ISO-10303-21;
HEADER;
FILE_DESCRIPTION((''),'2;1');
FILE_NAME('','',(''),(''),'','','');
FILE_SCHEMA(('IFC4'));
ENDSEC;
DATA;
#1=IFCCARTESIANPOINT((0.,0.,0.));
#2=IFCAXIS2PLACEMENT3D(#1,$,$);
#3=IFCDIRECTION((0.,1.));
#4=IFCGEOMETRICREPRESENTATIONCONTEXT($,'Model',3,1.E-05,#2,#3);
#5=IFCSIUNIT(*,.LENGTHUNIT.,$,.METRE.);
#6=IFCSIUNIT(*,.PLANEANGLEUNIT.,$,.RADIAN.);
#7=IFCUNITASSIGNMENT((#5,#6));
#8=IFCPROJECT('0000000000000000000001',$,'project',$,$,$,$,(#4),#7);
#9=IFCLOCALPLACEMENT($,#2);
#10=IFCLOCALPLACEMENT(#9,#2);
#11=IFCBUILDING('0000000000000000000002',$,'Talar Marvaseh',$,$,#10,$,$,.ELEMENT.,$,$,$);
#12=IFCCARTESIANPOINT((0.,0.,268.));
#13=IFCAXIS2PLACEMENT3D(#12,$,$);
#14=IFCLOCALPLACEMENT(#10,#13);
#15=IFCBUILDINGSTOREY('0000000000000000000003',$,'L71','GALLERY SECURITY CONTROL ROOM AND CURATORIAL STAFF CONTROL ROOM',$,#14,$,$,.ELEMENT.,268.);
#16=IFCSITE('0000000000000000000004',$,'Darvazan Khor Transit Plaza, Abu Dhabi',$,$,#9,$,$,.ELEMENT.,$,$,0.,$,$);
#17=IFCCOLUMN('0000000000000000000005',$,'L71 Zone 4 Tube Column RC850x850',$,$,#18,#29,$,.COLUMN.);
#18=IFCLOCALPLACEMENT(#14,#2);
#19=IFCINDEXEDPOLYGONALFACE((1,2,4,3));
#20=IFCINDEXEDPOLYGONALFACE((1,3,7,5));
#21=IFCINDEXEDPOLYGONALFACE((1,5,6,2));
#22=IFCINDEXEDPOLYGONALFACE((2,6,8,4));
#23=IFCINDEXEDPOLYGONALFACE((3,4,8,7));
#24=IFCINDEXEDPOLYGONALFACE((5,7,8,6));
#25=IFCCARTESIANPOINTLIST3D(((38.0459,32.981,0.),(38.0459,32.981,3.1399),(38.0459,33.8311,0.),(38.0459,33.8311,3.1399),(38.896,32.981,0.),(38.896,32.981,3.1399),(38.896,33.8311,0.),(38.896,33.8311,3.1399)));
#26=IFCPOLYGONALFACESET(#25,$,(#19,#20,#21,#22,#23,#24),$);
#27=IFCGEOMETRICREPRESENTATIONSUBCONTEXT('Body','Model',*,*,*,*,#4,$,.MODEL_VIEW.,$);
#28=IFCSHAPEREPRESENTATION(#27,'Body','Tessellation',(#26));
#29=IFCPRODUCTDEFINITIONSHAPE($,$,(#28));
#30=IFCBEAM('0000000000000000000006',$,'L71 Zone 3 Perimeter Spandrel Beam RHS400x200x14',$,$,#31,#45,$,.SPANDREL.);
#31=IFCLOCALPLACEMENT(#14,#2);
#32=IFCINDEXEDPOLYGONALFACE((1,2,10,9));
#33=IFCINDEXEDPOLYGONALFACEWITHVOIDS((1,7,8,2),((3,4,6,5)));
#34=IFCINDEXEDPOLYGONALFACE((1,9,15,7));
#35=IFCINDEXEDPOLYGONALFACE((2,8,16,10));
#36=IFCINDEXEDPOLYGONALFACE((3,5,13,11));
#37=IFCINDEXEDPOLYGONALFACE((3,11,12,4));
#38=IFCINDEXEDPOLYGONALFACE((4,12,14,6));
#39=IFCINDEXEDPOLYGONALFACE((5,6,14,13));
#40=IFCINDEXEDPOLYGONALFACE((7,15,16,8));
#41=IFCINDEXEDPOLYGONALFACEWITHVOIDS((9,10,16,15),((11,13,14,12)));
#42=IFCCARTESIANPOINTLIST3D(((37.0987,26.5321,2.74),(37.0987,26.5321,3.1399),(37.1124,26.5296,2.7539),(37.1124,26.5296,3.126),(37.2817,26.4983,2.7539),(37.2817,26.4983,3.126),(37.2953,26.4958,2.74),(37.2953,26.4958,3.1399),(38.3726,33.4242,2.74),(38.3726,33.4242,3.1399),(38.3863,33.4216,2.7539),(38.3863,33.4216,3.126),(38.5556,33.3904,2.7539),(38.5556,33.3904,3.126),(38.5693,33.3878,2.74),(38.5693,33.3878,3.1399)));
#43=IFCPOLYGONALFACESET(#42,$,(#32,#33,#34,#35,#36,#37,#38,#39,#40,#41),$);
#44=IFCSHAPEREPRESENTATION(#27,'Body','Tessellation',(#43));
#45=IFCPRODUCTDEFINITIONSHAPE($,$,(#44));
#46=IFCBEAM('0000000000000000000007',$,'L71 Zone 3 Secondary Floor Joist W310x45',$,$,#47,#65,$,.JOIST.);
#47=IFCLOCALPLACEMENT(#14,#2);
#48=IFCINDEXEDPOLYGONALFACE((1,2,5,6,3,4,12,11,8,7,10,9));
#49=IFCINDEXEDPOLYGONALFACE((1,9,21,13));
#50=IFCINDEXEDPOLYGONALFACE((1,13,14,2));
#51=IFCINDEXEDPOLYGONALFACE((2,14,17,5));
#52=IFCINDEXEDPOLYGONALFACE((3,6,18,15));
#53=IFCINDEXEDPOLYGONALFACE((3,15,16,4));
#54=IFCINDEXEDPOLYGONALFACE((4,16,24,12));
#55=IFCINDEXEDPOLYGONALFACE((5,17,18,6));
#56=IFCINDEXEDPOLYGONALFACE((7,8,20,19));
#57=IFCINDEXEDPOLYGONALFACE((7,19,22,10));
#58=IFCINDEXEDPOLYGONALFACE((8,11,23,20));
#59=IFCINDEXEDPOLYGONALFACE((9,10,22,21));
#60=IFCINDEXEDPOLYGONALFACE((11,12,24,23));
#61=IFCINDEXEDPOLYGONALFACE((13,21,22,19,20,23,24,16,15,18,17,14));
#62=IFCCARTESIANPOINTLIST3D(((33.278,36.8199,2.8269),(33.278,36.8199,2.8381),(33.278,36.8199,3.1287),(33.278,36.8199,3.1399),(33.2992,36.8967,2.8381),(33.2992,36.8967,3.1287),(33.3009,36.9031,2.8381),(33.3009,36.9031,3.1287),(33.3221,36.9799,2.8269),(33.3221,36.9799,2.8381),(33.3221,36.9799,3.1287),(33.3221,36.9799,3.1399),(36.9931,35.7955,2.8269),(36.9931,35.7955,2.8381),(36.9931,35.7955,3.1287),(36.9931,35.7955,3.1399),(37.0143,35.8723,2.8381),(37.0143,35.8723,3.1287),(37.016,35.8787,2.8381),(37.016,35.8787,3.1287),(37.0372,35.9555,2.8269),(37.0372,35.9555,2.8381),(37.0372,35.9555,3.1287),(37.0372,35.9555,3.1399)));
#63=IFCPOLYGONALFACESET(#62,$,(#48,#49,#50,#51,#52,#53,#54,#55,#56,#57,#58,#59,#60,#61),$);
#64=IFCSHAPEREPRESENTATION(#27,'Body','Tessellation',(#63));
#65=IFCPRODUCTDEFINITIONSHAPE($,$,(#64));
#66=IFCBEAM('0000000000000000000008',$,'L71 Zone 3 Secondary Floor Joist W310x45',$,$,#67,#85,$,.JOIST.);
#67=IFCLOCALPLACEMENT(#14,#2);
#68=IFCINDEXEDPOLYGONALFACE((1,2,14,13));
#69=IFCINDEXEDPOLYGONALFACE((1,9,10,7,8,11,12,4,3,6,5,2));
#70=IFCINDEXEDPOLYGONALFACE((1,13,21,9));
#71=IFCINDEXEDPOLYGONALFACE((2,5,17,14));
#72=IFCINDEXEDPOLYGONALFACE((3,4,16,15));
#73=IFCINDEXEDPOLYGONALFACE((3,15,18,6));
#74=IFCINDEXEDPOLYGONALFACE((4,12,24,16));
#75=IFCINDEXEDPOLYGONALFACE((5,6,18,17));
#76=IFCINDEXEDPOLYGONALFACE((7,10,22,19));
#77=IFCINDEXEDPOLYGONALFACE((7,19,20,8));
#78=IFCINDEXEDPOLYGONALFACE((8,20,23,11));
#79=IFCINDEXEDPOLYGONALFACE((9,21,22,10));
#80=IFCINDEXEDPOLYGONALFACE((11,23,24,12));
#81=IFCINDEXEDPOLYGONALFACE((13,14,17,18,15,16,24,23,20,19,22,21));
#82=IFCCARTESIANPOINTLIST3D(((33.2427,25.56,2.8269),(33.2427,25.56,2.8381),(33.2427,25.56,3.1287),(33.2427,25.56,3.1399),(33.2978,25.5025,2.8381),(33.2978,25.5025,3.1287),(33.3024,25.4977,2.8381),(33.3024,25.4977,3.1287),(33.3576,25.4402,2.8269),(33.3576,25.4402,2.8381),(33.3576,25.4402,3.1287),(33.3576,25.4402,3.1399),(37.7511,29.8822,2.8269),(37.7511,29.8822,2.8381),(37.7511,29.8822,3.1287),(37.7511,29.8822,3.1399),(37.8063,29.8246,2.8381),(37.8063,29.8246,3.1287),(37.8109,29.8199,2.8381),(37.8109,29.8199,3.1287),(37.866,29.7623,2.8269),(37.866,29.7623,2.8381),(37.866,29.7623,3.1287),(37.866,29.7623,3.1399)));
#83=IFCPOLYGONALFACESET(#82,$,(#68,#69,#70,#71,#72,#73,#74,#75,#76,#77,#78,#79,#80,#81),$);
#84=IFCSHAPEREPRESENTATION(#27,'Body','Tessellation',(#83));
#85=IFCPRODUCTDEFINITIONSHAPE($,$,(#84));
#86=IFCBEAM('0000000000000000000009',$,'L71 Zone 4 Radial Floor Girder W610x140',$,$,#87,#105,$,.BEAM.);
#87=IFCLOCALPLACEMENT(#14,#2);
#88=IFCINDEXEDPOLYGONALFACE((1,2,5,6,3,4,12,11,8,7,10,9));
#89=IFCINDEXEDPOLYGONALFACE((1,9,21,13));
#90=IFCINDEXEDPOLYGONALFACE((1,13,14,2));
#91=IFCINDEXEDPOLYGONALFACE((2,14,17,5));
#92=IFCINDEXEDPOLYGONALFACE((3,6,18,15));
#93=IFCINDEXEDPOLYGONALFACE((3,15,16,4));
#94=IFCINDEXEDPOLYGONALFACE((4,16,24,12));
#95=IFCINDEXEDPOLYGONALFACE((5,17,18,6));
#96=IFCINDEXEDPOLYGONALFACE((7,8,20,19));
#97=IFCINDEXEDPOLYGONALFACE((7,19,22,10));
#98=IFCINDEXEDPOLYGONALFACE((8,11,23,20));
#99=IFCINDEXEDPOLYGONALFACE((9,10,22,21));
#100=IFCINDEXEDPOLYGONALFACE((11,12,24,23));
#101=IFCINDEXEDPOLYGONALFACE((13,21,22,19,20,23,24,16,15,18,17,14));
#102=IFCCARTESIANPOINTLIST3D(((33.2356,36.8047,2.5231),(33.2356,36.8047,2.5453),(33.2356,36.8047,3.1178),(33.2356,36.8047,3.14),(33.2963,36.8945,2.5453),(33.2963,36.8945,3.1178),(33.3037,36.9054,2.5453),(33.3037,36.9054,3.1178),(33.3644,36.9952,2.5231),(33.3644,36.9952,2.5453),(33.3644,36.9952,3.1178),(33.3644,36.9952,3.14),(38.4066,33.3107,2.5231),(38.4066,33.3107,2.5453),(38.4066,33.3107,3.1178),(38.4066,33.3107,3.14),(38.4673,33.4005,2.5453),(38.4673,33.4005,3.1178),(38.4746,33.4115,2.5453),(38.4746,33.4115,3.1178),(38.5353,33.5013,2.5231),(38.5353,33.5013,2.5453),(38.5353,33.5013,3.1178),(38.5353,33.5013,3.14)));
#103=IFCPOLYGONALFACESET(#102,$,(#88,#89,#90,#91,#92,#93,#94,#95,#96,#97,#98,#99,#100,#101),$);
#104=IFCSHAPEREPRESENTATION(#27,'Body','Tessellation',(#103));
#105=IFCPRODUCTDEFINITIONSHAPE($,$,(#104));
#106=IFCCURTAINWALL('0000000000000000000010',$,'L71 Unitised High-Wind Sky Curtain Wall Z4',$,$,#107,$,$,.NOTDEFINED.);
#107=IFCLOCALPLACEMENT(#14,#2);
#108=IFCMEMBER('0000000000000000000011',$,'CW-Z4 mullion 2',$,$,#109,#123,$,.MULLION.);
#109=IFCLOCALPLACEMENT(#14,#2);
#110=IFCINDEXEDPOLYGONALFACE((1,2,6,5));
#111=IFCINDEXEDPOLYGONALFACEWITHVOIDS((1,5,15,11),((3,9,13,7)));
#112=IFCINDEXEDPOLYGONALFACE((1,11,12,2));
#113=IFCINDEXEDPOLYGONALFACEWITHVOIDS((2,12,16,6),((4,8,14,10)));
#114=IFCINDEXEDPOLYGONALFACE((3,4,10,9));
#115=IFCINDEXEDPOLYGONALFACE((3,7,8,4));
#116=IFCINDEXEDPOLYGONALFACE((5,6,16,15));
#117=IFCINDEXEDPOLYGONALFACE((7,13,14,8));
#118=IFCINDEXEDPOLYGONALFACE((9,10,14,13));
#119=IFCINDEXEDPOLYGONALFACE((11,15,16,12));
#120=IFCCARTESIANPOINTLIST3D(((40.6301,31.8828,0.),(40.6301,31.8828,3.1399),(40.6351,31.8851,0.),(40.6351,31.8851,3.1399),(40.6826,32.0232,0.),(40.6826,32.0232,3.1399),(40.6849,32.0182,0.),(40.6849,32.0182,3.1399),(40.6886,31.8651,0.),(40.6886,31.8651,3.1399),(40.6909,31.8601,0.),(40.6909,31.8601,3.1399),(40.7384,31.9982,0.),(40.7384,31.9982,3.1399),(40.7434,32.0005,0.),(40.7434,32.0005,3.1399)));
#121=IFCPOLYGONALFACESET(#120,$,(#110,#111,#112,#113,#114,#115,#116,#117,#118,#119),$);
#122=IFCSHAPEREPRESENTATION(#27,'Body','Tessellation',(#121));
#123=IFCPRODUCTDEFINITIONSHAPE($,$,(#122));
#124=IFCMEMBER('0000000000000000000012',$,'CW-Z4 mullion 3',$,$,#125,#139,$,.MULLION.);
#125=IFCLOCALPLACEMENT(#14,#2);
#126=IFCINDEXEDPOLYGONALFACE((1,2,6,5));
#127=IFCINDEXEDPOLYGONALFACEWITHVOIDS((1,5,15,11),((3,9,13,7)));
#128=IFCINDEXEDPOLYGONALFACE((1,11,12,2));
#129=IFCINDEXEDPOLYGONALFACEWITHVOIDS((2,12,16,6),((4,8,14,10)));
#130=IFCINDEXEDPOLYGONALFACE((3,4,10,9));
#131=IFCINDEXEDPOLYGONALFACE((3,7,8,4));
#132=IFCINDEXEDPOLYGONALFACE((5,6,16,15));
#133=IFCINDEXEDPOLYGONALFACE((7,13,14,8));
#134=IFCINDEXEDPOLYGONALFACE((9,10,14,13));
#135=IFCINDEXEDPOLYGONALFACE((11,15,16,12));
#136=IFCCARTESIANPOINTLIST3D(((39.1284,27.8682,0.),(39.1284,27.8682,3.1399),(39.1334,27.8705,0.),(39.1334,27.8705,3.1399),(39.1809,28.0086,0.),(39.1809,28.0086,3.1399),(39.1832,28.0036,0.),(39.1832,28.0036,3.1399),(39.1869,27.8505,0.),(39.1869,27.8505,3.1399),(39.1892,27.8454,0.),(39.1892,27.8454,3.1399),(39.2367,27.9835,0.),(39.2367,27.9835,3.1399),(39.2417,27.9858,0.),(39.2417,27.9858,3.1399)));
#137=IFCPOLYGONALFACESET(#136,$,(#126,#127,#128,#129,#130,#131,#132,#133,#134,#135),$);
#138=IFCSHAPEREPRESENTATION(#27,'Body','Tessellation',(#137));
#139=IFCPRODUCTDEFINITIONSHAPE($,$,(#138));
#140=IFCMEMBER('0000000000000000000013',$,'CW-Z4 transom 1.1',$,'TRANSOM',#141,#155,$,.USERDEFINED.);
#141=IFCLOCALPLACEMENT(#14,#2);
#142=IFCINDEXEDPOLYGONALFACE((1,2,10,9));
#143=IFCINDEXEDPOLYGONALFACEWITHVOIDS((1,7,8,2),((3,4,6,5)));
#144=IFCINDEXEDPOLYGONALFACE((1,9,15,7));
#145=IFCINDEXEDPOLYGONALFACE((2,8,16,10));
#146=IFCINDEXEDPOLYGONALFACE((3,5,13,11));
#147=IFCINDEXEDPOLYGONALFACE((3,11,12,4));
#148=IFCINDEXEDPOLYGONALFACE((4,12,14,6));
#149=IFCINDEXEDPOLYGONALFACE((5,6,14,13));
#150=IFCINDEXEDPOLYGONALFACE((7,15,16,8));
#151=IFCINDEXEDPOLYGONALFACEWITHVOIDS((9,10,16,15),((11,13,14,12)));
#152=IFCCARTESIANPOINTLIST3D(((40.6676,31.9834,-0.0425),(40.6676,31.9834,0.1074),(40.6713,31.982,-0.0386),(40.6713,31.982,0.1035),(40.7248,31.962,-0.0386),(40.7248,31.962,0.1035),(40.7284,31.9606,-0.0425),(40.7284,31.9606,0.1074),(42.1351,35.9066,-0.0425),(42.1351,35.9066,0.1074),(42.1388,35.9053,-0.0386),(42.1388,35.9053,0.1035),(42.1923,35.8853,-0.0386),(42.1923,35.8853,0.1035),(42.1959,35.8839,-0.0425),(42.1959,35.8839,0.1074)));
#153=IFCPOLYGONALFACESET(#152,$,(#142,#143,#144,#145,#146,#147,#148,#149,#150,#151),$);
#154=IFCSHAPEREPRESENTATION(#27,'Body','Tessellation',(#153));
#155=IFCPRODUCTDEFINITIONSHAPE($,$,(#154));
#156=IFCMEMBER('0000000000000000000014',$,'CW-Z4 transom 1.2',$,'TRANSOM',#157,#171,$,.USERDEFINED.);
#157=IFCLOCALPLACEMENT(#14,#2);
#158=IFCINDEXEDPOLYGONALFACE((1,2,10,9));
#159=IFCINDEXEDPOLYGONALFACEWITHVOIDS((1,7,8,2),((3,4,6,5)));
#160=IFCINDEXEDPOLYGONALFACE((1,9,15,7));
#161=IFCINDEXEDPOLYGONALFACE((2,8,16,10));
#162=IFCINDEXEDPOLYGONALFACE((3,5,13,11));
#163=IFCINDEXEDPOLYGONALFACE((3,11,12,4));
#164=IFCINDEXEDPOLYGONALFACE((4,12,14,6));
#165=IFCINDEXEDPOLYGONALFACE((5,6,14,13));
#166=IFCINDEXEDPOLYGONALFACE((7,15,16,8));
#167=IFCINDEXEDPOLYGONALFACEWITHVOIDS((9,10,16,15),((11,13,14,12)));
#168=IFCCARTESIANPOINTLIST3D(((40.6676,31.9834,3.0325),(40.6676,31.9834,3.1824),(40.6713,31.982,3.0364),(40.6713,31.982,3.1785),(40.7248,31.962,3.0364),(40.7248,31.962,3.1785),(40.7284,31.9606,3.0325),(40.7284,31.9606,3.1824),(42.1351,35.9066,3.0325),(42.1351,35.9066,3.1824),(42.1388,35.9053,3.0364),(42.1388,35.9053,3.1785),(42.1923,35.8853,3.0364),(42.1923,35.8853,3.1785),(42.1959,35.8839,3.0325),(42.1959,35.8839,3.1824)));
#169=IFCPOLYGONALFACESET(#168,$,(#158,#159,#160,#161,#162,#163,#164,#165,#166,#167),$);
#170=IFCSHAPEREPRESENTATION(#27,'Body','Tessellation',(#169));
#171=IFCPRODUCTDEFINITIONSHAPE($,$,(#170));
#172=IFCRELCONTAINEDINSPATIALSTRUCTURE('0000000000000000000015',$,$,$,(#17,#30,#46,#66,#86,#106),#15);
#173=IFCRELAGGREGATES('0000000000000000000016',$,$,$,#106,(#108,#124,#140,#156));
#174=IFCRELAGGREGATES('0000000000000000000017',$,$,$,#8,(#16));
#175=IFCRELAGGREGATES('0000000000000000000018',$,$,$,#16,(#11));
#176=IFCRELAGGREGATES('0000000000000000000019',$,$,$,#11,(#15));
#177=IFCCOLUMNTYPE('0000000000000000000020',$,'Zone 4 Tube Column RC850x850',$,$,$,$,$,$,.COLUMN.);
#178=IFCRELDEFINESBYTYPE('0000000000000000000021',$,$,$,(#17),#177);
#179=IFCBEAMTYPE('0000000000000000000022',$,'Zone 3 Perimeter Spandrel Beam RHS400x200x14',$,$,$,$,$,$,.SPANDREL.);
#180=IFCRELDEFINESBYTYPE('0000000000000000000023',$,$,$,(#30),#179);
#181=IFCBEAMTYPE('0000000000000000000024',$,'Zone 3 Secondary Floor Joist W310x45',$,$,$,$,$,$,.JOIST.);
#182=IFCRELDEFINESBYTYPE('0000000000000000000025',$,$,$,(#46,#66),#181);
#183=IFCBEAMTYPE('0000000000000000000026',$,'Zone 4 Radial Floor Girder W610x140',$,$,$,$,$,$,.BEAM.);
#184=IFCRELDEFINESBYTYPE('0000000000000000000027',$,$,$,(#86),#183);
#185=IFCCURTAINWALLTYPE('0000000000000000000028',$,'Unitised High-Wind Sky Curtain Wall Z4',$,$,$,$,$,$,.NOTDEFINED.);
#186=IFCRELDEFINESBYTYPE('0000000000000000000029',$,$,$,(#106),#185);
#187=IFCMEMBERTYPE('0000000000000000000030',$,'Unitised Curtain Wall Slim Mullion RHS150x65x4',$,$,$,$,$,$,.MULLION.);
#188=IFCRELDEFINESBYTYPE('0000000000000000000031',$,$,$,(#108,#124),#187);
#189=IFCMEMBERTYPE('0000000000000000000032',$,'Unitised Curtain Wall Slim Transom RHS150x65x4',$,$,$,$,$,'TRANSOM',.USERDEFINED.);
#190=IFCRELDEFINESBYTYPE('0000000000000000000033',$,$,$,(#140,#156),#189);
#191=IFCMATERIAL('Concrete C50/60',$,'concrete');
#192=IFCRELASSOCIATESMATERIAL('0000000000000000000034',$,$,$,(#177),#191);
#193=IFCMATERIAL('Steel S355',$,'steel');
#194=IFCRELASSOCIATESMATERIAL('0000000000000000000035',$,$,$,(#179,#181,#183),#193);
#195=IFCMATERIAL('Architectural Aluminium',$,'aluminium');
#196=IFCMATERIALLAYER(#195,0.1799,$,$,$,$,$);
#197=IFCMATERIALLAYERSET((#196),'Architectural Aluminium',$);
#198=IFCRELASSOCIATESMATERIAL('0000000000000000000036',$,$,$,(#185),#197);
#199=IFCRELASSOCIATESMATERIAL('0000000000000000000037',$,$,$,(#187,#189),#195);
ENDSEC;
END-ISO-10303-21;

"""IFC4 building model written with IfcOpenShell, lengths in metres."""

from ifc_helpers import new_model, si_unit, direction, frame, origin, origin_2d, place, context, subcontext, project, spatial, rectangle, hollow_rectangle, i_section, extrude, source, transform, mapped, material, layer, layer_set, material_profile, profile_set, type_object, type_shapes, element, aggregate, save


model = new_model("IFC4")

# Units and contexts
model_context = context("Model", 3, precision=1e-05, world=origin(), true_north=direction((0.0, 1.0)))
body_context = subcontext(model_context, "Body", "Model", "MODEL_VIEW")
ifc_project = project(units=[si_unit("LENGTHUNIT", "METRE"), si_unit("PLANEANGLEUNIT", "RADIAN")], contexts=[model_context])

# Site, building, storey
site_placement = place(None, origin())
site = spatial("IfcSite", under=ifc_project, at=site_placement, Name="Darvazan Khor Transit Plaza, Abu Dhabi", CompositionType="ELEMENT", RefElevation=0.0)
building_placement = place(site_placement, origin())
building = spatial("IfcBuilding", under=site, at=building_placement, Name="Talar Marvaseh", CompositionType="ELEMENT")
storey_placement = place(building_placement, frame((0.0, 0.0, 268.0)))
storey = spatial("IfcBuildingStorey", under=building, at=storey_placement, Name="L71", Description="GALLERY SECURITY CONTROL ROOM AND CURATORIAL STAFF CONTROL ROOM", CompositionType="ELEMENT", Elevation=268.0)

# Column
ifc_material_1 = material(Name="Concrete C50/60", Category="concrete")
ifc_material_profile_1 = material_profile(ifc_material_1, rectangle(XDim=0.8501, YDim=0.8501, at=origin_2d()), Name="RC850x850")
ifc_profile_set_1 = profile_set([ifc_material_profile_1], Name="Concrete C50/60")
column_type = type_object("IfcColumnType", Name="Zone 4 Tube Column RC850x850", PredefinedType="COLUMN", material=ifc_profile_set_1)
column_placement = place(storey_placement, frame((38.4709, 33.406, 0.0), z_axis=(0.0, 0.0, 1.0), x_axis=(1.0, 0.0, 0.0)))
element("IfcColumn", 1, at=column_placement, inside=storey, type_object=column_type, Name="L71 Zone 4 Tube Column RC850x850", PredefinedType="COLUMN", context=body_context, shape_type="SweptSolid", body=[
    extrude(rectangle(XDim=0.8501, YDim=0.8501, at=origin_2d()), origin(), (0.0, 0.0, 1.0), 3.1399),
])

# Beams
ifc_material_2 = material(Name="Steel S355", Category="steel")
ifc_material_profile_2 = material_profile(ifc_material_2, hollow_rectangle(XDim=0.2, YDim=0.3999, WallThickness=0.0139, at=origin_2d()), Name="RHS400x200x14")
ifc_profile_set_2 = profile_set([ifc_material_profile_2], Name="Steel S355")
beam_type_1 = type_object("IfcBeamType", Name="Zone 3 Perimeter Spandrel Beam RHS400x200x14", PredefinedType="SPANDREL", material=ifc_profile_set_2)
beam_1_placement = place(storey_placement, frame((38.4709, 33.406, 2.9399), z_axis=(-0.18176, -0.983343, 0.0), x_axis=(0.983343, -0.18176, 0.0)))
element("IfcBeam", 2, at=beam_1_placement, inside=storey, type_object=beam_type_1, Name="L71 Zone 3 Perimeter Spandrel Beam RHS400x200x14", PredefinedType="SPANDREL", context=body_context, shape_type="SweptSolid", body=[
    extrude(hollow_rectangle(XDim=0.2, YDim=0.3999, WallThickness=0.0139, at=origin_2d()), origin(), (0.0, 0.0, 1.0), 7.0088),
])
ifc_material_profile_3 = material_profile(ifc_material_2, i_section(OverallWidth=0.166, OverallDepth=0.313, WebThickness=0.0066, FlangeThickness=0.0112, at=origin_2d()), Name="W310x45")
ifc_profile_set_3 = profile_set([ifc_material_profile_3], Name="Steel S355")
beam_type_2 = type_object("IfcBeamType", Name="Zone 3 Secondary Floor Joist W310x45", PredefinedType="JOIST", material=ifc_profile_set_3)
beam_2_placement = place(storey_placement, frame((37.0151, 35.8755, 2.9834), z_axis=(-0.964022, 0.265823, 0.0), x_axis=(-0.265823, -0.964022, 0.0)))
element("IfcBeam", 3, at=beam_2_placement, inside=storey, type_object=beam_type_2, Name="L71 Zone 3 Secondary Floor Joist W310x45", PredefinedType="JOIST", context=body_context, shape_type="SweptSolid", body=[
    extrude(i_section(OverallWidth=0.166, OverallDepth=0.313, WebThickness=0.0066, FlangeThickness=0.0112, at=origin_2d()), origin(), (0.0, 0.0, 1.0), 3.8538),
])
beam_3_placement = place(storey_placement, frame((37.8086, 29.8223, 2.9834), z_axis=(-0.721862, -0.692037, 0.0), x_axis=(0.692037, -0.721862, 0.0)))
element("IfcBeam", 4, at=beam_3_placement, inside=storey, type_object=beam_type_2, Name="L71 Zone 3 Secondary Floor Joist W310x45", PredefinedType="JOIST", context=body_context, shape_type="SweptSolid", body=[
    extrude(i_section(OverallWidth=0.166, OverallDepth=0.313, WebThickness=0.0066, FlangeThickness=0.0112, at=origin_2d()), origin(), (0.0, 0.0, 1.0), 6.2456),
])
ifc_material_profile_4 = material_profile(ifc_material_2, i_section(OverallWidth=0.23, OverallDepth=0.6169, WebThickness=0.0132, FlangeThickness=0.0222, at=origin_2d()), Name="W610x140")
ifc_profile_set_4 = profile_set([ifc_material_profile_4], Name="Steel S355")
beam_type_3 = type_object("IfcBeamType", Name="Zone 4 Radial Floor Girder W610x140", PredefinedType="BEAM", material=ifc_profile_set_4)
beam_4_placement = place(storey_placement, frame((38.4709, 33.406, 2.8315), z_axis=(-0.828586, 0.559862, 0.0), x_axis=(-0.559862, -0.828586, 0.0)))
element("IfcBeam", 5, at=beam_4_placement, inside=storey, type_object=beam_type_3, Name="L71 Zone 4 Radial Floor Girder W610x140", PredefinedType="BEAM", context=body_context, shape_type="SweptSolid", body=[
    extrude(i_section(OverallWidth=0.23, OverallDepth=0.6169, WebThickness=0.0132, FlangeThickness=0.0222, at=origin_2d()), origin(), (0.0, 0.0, 1.0), 6.2407),
])

# Curtain wall, members
ifc_material_3 = material(Name="Architectural Aluminium", Category="aluminium")
ifc_layer_1 = layer(ifc_material_3, 0.1799)
ifc_layer_set_1 = layer_set([ifc_layer_1], Name="Architectural Aluminium")
curtain_wall_type = type_object("IfcCurtainWallType", Name="Unitised High-Wind Sky Curtain Wall Z4", PredefinedType="NOTDEFINED", material=ifc_layer_set_1)
curtain_wall_placement = place(storey_placement, origin())
curtain_wall = element("IfcCurtainWall", 6, at=curtain_wall_placement, inside=storey, type_object=curtain_wall_type, Name="L71 Unitised High-Wind Sky Curtain Wall Z4", PredefinedType="NOTDEFINED")
ifc_material_profile_5 = material_profile(ifc_material_3, hollow_rectangle(XDim=0.0649, YDim=0.1499, WallThickness=0.0039, at=origin_2d()), Name="RHS150x65x4")
ifc_profile_set_5 = profile_set([ifc_material_profile_5], Name="Architectural Aluminium")
member_type_1 = type_object("IfcMemberType", Name="Unitised Curtain Wall Slim Mullion RHS150x65x4", PredefinedType="MULLION", material=ifc_profile_set_5)
shared_shape_1 = source(origin(), body_context, "Body", "SweptSolid", [
    extrude(hollow_rectangle(XDim=0.0649, YDim=0.1499, WallThickness=0.0039, at=origin_2d()), origin(), (0.0, 0.0, 1.0), 3.1399),
])
type_shapes(member_type_1, [shared_shape_1])
member_1_placement = place(storey_placement, frame((40.6868, 31.9417, 0.0), z_axis=(0.0, 0.0, 1.0), x_axis=(0.936618, -0.350351, 0.0)))
member_1 = element("IfcMember", 7, at=member_1_placement, type_object=member_type_1, Name="CW-Z4 mullion 2", PredefinedType="MULLION", context=body_context, shape_type="MappedRepresentation", body=[
    mapped(shared_shape_1, transform((0.0, 0.0, 0.0), x_axis=(1.0, 0.0, 0.0), y_axis=(0.0, 1.0, 0.0), z_axis=(0.0, 0.0, 1.0), scale=1.0)),
])
member_2_placement = place(storey_placement, frame((39.1851, 27.927, 0.0), z_axis=(0.0, 0.0, 1.0), x_axis=(0.936618, -0.350351, 0.0)))
member_2 = element("IfcMember", 8, at=member_2_placement, type_object=member_type_1, Name="CW-Z4 mullion 3", PredefinedType="MULLION", context=body_context, shape_type="MappedRepresentation", body=[
    mapped(shared_shape_1, transform((0.0, 0.0, 0.0), x_axis=(1.0, 0.0, 0.0), y_axis=(0.0, 1.0, 0.0), z_axis=(0.0, 0.0, 1.0), scale=1.0)),
])
ifc_material_profile_6 = material_profile(ifc_material_3, hollow_rectangle(XDim=0.0649, YDim=0.1499, WallThickness=0.0039, at=origin_2d()), Name="RHS150x65x4")
ifc_profile_set_6 = profile_set([ifc_material_profile_6], Name="Architectural Aluminium")
member_type_2 = type_object("IfcMemberType", Name="Unitised Curtain Wall Slim Transom RHS150x65x4", ElementType="TRANSOM", PredefinedType="USERDEFINED", material=ifc_profile_set_6)
shared_shape_2 = source(origin(), body_context, "Body", "SweptSolid", [
    extrude(hollow_rectangle(XDim=0.0649, YDim=0.1499, WallThickness=0.0039, at=origin_2d()), origin(), (0.0, 0.0, 1.0), 4.1887),
])
member_3_placement = place(storey_placement, frame((42.1655, 35.8953, 0.0325), z_axis=(-0.350344, -0.936621, 0.0), x_axis=(0.936621, -0.350344, 0.0)))
member_3 = element("IfcMember", 9, at=member_3_placement, type_object=member_type_2, Name="CW-Z4 transom 1.1", ObjectType="TRANSOM", PredefinedType="USERDEFINED", context=body_context, shape_type="MappedRepresentation", body=[
    mapped(shared_shape_2, transform((0.0, 0.0, 0.0), x_axis=(1.0, 0.0, 0.0), y_axis=(0.0, 1.0, 0.0), z_axis=(0.0, 0.0, 1.0), scale=1.0)),
])
member_4_placement = place(storey_placement, frame((42.1655, 35.8953, 3.1074), z_axis=(-0.350344, -0.936621, 0.0), x_axis=(0.936621, -0.350344, 0.0)))
member_4 = element("IfcMember", 10, at=member_4_placement, type_object=member_type_2, Name="CW-Z4 transom 1.2", ObjectType="TRANSOM", PredefinedType="USERDEFINED", context=body_context, shape_type="MappedRepresentation", body=[
    mapped(shared_shape_2, transform((0.0, 0.0, 0.0), x_axis=(1.0, 0.0, 0.0), y_axis=(0.0, 1.0, 0.0), z_axis=(0.0, 0.0, 1.0), scale=1.0)),
])
aggregate(curtain_wall, [member_1, member_2, member_3, member_4])

save(model, "model.ifc")
